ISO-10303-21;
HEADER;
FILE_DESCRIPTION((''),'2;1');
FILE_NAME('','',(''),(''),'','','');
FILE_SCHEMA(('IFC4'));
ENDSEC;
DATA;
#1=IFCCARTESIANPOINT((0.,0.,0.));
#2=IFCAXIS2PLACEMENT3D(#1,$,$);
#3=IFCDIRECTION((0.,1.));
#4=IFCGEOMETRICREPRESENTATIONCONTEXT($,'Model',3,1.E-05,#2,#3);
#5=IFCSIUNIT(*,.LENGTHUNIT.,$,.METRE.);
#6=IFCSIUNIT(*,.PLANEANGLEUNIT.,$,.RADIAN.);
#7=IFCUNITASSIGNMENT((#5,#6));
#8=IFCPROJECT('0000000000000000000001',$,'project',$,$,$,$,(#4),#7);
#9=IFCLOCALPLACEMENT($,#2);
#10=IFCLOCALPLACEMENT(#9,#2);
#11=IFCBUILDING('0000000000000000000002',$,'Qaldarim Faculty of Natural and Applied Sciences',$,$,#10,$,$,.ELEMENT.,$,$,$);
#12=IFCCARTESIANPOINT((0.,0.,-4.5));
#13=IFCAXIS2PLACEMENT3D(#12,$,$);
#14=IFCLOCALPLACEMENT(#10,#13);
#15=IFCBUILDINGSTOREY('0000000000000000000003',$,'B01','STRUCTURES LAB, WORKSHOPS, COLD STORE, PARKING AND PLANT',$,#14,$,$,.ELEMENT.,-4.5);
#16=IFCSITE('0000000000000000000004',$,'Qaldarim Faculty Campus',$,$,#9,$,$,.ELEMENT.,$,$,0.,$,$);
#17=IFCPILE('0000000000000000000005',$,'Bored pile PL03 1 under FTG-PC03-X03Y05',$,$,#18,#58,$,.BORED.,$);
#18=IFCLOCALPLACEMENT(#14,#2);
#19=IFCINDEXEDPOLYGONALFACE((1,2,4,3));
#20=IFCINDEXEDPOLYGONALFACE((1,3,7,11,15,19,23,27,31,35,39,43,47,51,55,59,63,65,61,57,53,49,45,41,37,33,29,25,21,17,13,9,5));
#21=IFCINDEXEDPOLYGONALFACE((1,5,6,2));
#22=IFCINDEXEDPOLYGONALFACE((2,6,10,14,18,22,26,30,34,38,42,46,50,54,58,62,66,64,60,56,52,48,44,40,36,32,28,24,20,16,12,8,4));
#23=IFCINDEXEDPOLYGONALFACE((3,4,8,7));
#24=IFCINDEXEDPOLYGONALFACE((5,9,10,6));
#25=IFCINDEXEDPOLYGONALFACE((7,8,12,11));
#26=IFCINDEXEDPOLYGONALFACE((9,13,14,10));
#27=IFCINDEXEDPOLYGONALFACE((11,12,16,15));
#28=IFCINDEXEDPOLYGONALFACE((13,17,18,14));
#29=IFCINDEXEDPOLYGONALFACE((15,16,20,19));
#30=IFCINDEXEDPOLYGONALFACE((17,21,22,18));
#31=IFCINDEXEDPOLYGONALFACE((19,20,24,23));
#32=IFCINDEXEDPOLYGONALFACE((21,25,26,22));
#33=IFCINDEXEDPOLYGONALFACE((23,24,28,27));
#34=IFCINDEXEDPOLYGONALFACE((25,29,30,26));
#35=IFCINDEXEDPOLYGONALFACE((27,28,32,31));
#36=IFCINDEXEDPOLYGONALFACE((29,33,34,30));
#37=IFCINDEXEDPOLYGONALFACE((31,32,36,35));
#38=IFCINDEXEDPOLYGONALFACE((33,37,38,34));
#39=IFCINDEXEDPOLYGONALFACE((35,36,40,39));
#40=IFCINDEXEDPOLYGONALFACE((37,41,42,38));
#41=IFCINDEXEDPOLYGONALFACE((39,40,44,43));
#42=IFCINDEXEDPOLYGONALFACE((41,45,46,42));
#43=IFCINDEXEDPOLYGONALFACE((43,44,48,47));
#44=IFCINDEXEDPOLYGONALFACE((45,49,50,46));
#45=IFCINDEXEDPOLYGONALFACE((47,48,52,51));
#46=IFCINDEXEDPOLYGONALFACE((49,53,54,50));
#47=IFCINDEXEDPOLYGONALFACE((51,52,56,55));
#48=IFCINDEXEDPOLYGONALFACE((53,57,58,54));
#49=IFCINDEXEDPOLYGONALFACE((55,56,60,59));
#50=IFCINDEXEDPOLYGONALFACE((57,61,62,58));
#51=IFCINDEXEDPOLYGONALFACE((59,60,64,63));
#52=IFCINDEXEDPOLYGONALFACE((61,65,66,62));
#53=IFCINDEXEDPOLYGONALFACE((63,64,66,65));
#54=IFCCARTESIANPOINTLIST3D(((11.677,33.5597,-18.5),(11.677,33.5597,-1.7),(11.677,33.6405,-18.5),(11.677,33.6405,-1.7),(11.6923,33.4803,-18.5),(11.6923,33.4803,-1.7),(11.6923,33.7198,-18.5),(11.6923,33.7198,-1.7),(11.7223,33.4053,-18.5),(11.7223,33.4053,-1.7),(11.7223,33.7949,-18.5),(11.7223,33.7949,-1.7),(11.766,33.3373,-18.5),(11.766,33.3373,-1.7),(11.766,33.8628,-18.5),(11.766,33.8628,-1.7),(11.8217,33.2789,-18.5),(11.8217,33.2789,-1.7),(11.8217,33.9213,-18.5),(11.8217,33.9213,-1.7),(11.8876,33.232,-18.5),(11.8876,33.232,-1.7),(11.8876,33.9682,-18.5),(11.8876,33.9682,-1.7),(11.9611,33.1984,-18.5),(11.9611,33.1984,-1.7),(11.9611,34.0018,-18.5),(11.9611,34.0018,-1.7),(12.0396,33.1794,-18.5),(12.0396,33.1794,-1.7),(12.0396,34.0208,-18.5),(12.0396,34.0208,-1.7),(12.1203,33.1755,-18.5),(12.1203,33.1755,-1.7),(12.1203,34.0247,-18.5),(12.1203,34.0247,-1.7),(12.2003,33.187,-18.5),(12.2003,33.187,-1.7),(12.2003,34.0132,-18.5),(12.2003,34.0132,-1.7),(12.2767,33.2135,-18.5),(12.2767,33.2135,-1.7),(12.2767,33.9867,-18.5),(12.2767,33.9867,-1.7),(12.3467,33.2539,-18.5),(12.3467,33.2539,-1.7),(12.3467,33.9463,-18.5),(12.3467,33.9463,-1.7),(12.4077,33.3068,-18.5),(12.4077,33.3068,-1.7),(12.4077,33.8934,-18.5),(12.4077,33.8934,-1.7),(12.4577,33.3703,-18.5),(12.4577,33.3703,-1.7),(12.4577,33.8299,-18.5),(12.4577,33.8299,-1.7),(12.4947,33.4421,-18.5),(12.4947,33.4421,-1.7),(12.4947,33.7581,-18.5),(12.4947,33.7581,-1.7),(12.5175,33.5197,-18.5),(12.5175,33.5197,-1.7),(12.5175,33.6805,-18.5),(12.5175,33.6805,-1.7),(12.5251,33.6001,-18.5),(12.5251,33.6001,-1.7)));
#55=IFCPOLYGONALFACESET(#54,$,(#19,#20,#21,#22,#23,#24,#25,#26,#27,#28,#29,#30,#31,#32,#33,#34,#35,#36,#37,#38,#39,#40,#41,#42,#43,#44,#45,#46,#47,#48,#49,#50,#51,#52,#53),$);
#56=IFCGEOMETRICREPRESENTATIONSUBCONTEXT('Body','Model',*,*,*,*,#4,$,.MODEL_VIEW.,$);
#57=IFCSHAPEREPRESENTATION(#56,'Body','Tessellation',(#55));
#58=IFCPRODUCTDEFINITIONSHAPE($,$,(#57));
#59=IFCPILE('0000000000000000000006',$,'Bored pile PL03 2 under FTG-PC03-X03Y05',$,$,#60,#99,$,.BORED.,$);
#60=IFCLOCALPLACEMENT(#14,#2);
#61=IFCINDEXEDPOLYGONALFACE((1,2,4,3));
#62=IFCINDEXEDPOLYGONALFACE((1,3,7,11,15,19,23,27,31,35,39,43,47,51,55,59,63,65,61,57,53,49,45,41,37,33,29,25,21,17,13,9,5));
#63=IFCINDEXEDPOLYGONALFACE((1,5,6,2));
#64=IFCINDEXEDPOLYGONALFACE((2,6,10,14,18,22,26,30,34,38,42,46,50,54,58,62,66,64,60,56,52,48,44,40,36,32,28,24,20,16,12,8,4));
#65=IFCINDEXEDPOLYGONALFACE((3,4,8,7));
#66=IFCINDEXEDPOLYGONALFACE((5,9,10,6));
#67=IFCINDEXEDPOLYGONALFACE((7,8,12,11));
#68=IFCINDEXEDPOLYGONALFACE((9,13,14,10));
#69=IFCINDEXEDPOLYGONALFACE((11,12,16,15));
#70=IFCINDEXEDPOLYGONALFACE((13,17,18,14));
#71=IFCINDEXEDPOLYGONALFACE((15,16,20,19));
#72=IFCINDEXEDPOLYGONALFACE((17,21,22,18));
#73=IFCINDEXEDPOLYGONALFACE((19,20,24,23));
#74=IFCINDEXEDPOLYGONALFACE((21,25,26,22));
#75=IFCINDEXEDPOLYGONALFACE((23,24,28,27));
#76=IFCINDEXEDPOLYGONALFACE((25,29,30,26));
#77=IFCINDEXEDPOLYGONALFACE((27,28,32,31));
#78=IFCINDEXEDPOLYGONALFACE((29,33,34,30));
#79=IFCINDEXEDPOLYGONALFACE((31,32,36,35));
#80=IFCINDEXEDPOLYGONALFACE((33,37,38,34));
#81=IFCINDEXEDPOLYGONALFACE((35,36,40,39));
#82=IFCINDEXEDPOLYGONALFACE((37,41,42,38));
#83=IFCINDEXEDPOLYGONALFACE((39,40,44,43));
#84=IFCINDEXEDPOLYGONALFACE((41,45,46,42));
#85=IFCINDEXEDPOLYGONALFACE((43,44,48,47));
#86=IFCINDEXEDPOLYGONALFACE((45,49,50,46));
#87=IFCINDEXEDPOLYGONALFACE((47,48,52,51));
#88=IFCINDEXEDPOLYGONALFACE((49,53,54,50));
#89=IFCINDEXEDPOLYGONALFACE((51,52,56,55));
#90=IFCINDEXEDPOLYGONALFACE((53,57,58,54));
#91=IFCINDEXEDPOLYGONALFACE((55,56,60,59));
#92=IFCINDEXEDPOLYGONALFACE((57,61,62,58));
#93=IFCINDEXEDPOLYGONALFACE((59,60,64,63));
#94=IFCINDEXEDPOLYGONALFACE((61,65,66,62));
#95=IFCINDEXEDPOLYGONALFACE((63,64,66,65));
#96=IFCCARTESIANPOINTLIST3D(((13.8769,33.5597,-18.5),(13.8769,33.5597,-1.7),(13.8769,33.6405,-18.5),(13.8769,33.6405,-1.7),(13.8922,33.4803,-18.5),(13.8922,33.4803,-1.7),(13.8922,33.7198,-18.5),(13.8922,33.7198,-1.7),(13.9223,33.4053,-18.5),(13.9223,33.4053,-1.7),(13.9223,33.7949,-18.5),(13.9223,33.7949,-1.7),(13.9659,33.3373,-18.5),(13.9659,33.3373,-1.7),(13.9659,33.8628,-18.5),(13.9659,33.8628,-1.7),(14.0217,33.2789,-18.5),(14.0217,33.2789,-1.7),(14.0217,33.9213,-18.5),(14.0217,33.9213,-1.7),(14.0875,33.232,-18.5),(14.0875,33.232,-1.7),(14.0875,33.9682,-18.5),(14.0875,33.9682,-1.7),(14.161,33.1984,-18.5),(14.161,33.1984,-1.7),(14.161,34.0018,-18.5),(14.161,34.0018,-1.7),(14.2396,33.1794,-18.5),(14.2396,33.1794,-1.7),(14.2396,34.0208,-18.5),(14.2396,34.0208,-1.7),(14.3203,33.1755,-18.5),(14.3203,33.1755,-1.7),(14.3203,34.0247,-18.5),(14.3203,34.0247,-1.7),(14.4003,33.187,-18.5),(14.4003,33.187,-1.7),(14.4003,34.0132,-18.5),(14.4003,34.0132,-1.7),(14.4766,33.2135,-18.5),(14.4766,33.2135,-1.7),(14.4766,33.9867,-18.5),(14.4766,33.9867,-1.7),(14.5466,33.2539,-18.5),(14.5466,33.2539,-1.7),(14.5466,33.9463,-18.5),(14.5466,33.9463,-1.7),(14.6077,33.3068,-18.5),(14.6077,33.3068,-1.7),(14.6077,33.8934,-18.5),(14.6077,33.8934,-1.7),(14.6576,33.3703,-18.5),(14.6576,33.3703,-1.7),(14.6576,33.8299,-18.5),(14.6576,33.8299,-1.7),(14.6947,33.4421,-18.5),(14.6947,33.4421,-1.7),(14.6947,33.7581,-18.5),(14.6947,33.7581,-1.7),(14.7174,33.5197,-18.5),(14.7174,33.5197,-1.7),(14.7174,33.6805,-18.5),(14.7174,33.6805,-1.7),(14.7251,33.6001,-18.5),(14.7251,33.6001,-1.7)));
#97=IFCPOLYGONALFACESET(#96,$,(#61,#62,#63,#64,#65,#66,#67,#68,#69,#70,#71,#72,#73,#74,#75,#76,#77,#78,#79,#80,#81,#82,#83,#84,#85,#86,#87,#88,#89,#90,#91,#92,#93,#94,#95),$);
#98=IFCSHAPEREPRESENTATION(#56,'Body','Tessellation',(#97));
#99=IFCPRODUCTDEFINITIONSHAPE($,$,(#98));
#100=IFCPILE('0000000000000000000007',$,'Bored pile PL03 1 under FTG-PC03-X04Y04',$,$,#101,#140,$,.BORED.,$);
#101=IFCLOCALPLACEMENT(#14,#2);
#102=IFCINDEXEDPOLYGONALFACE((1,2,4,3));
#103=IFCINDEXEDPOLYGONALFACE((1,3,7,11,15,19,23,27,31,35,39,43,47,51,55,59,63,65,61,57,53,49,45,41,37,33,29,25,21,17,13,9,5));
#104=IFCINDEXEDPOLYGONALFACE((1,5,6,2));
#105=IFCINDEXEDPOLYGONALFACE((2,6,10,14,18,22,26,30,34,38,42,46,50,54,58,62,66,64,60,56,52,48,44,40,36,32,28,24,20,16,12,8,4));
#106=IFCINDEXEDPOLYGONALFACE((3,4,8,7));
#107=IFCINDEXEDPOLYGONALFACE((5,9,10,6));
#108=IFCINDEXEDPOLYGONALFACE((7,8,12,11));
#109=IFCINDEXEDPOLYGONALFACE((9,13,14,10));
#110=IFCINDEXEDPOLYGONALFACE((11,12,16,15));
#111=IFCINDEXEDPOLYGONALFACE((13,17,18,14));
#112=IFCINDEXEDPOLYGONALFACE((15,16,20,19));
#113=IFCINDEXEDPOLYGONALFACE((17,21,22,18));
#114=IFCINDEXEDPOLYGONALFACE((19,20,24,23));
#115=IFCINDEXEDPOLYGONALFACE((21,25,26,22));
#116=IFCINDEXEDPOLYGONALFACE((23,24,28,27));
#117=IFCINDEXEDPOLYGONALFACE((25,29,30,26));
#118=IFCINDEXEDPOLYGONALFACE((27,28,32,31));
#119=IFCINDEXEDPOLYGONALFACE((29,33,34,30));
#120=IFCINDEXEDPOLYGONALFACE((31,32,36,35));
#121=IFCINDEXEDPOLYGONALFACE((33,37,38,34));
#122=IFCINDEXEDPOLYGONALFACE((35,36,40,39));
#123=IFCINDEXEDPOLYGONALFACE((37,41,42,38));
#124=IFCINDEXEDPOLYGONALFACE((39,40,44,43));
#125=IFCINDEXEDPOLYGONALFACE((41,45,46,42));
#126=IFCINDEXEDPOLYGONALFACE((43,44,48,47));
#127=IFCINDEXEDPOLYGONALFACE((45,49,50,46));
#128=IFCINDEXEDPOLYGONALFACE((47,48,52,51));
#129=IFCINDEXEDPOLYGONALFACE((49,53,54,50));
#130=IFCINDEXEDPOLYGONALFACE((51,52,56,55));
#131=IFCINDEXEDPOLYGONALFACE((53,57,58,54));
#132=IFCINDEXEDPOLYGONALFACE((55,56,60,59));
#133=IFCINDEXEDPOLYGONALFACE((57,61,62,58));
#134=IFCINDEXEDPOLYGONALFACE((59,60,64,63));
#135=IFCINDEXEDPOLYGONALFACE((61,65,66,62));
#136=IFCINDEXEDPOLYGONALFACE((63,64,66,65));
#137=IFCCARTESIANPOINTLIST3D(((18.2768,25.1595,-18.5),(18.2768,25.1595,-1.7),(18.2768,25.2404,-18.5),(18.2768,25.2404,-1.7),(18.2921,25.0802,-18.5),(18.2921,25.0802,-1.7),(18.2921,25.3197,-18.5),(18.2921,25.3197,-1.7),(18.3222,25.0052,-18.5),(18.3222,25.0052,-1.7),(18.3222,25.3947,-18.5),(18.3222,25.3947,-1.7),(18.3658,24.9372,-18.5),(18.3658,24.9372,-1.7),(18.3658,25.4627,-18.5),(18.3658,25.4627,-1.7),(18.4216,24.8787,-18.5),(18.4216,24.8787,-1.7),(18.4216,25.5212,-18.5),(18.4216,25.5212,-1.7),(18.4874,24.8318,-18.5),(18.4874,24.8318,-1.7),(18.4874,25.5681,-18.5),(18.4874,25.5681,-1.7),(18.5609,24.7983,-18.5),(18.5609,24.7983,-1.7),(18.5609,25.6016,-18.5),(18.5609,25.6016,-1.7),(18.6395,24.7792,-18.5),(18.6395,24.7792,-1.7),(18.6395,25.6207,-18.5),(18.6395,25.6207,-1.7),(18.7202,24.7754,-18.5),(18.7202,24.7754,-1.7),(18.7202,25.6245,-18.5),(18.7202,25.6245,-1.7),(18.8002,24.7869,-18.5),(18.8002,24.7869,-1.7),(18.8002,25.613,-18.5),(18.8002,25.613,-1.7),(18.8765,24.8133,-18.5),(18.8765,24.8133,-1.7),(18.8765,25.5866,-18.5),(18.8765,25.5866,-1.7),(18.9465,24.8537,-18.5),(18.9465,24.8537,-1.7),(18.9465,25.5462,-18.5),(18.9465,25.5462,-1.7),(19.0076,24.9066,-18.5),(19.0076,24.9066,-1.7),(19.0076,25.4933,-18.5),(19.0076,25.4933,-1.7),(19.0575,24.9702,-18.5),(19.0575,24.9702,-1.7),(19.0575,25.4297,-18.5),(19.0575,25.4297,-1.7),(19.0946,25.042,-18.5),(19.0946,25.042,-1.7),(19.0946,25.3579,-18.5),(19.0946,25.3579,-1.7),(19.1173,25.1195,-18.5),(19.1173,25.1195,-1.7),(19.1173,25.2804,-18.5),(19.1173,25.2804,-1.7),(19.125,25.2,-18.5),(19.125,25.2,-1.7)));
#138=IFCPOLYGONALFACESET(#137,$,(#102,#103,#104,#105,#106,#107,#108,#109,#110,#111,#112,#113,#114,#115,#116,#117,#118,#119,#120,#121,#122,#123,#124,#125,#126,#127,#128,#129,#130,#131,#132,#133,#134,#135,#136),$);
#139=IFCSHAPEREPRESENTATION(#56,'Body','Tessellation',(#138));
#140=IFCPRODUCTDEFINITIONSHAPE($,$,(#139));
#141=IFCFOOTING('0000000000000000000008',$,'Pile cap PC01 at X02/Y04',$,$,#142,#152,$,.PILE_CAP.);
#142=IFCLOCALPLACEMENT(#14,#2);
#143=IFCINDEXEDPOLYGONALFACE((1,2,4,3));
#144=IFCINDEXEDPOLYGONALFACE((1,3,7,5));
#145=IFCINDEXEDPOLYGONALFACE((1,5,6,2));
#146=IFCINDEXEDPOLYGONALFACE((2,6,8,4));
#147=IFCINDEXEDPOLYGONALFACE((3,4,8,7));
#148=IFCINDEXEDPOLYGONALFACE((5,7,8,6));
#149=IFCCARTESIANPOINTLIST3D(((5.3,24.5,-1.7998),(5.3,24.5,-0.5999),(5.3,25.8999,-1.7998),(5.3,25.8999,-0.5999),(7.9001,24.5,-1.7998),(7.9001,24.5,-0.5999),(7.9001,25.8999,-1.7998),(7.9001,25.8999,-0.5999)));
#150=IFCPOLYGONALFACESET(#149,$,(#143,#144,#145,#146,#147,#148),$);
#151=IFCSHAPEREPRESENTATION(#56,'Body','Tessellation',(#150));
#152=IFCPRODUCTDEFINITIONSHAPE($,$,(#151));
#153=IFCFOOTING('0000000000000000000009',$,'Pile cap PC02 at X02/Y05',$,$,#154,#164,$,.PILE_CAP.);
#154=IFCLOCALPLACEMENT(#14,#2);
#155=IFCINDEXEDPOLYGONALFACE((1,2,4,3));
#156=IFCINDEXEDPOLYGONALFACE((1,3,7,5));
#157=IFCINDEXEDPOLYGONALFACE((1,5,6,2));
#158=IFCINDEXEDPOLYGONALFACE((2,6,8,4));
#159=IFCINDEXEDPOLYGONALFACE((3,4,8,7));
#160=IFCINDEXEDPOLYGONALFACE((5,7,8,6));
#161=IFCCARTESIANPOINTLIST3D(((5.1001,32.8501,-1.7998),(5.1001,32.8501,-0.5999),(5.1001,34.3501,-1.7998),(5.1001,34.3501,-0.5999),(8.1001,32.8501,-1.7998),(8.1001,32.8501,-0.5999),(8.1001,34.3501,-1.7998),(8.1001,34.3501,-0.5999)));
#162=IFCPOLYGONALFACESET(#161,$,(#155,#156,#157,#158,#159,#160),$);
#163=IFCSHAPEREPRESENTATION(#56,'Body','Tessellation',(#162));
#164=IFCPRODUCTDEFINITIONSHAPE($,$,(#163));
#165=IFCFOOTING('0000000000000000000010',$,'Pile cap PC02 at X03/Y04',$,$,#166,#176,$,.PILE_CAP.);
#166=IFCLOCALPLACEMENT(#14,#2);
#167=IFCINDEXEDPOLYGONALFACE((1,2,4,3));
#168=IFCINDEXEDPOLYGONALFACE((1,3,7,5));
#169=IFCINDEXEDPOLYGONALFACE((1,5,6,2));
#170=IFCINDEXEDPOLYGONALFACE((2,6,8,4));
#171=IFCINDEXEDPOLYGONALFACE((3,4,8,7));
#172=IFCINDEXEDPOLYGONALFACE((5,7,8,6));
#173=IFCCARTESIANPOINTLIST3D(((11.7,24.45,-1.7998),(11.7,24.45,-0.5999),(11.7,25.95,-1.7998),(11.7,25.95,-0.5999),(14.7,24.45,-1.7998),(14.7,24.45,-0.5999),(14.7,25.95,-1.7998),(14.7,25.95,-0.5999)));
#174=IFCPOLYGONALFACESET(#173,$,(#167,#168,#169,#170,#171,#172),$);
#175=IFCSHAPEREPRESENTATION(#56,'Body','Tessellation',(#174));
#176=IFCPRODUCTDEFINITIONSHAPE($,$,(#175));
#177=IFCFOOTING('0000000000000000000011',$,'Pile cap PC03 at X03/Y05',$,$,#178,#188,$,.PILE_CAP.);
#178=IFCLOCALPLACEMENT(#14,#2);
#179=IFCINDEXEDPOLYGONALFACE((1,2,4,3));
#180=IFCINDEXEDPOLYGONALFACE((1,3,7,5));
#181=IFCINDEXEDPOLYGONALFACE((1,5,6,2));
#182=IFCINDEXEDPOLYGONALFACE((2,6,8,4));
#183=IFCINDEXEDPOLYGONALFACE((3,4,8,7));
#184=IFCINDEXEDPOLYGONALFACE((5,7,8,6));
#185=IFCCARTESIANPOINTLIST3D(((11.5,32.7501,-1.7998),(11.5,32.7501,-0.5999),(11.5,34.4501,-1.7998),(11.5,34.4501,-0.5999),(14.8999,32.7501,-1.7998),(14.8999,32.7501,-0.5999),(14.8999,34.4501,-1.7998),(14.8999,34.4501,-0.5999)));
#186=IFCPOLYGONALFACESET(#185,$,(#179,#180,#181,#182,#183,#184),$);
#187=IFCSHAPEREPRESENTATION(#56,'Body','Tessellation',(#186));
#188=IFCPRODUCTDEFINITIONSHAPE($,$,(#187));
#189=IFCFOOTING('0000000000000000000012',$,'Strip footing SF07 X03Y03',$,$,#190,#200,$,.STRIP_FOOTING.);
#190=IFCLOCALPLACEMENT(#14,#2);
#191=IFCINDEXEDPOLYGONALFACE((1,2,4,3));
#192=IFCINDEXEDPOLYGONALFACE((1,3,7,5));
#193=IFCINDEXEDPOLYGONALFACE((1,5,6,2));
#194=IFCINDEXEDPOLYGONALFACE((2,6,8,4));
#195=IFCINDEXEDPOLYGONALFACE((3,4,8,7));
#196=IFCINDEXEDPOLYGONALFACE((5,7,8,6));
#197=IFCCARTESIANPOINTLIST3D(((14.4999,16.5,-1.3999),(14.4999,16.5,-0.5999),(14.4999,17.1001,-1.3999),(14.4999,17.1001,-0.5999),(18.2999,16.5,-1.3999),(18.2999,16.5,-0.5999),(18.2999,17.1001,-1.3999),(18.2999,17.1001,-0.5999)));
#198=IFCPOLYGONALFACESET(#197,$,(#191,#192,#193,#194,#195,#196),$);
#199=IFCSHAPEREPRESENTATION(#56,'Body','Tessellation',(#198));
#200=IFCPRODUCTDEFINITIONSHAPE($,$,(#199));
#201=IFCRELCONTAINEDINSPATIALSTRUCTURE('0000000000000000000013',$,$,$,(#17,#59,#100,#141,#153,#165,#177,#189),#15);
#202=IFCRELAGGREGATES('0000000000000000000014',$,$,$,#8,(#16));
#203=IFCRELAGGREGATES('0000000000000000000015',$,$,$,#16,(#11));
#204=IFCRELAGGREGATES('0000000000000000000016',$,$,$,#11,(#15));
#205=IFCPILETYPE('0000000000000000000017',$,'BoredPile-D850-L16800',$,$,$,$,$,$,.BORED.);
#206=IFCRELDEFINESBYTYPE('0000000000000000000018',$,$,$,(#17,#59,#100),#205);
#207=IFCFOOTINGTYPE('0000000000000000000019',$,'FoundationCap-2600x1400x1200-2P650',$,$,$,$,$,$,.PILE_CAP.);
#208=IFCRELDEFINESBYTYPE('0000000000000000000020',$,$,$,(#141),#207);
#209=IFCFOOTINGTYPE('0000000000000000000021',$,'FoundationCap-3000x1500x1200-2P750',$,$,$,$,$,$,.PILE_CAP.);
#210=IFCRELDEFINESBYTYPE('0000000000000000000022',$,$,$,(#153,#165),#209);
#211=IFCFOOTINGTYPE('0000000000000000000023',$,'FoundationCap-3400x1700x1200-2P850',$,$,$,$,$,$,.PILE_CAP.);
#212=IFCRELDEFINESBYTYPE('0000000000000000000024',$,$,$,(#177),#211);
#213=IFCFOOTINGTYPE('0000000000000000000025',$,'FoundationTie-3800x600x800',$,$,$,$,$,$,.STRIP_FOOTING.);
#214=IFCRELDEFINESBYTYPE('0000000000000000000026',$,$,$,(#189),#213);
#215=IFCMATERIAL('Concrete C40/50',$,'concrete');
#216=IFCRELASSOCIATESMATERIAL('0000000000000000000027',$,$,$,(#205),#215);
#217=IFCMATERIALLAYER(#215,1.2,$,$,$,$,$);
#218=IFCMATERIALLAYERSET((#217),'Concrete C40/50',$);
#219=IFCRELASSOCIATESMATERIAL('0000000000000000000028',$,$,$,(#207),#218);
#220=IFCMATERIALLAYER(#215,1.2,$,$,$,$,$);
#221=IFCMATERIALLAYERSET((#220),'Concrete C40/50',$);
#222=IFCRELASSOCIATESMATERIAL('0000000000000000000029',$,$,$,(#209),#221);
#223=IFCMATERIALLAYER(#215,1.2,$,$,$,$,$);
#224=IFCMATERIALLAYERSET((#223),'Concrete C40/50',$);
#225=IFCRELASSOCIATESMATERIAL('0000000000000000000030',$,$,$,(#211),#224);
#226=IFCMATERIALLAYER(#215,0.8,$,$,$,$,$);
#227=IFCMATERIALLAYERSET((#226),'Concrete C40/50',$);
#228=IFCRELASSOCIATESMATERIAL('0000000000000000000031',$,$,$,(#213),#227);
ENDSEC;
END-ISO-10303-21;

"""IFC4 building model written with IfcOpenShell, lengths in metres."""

from ifc_helpers import new_model, si_unit, direction, frame, origin, origin_2d, place, context, subcontext, project, spatial, rectangle, circle, extrude, material, layer, layer_set, material_profile, profile_set, type_object, element, save


model = new_model("IFC4")

# Units and contexts
model_context = context("Model", 3, precision=1e-05, world=origin(), true_north=direction((0.0, 1.0)))
body_context = subcontext(model_context, "Body", "Model", "MODEL_VIEW")
ifc_project = project(units=[si_unit("LENGTHUNIT", "METRE"), si_unit("PLANEANGLEUNIT", "RADIAN")], contexts=[model_context])

# Site, building, storey
site_placement = place(None, origin())
site = spatial("IfcSite", under=ifc_project, at=site_placement, Name="Qaldarim Faculty Campus", CompositionType="ELEMENT", RefElevation=0.0)
building_placement = place(site_placement, origin())
building = spatial("IfcBuilding", under=site, at=building_placement, Name="Qaldarim Faculty of Natural and Applied Sciences", CompositionType="ELEMENT")
storey_placement = place(building_placement, frame((0.0, 0.0, -4.5)))
storey = spatial("IfcBuildingStorey", under=building, at=storey_placement, Name="B01", Description="STRUCTURES LAB, WORKSHOPS, COLD STORE, PARKING AND PLANT", CompositionType="ELEMENT", Elevation=-4.5)

# Piles
ifc_material_1 = material(Name="Concrete C40/50", Category="concrete")
ifc_material_profile_1 = material_profile(ifc_material_1, circle(Radius=0.425, at=origin_2d()), Name="PILE-D850")
ifc_profile_set_1 = profile_set([ifc_material_profile_1], Name="Concrete C40/50")
pile_type_1 = type_object("IfcPileType", Name="BoredPile-D850-L16800", PredefinedType="BORED", material=ifc_profile_set_1)
for number, where, z_axis, x_axis, name in (
    (1, (12.1001, 33.6001, -1.7), (0.0, 0.0, -1.0), (1.0, 0.0, 0.0), "Bored pile PL03 1 under FTG-PC03-X03Y05"),
    (2, (14.3, 33.6001, -1.7), (0.0, 0.0, -1.0), (1.0, 0.0, 0.0), "Bored pile PL03 2 under FTG-PC03-X03Y05"),
    (3, (18.7, 25.2, -1.7), (0.0, 0.0, -1.0), (1.0, 0.0, 0.0), "Bored pile PL03 1 under FTG-PC03-X04Y04"),
):
    element("IfcPile", number, at=place(storey_placement, frame(where, z_axis=z_axis, x_axis=x_axis)), inside=storey, type_object=pile_type_1, Name=name, PredefinedType="BORED", context=body_context, shape_type="SweptSolid", body=[
        extrude(circle(Radius=0.425, at=origin_2d()), origin(), (0.0, 0.0, 1.0), 16.8),
    ])

# Footings
ifc_layer_1 = layer(ifc_material_1, 1.2)
ifc_layer_set_1 = layer_set([ifc_layer_1], Name="Concrete C40/50")
footing_type_1 = type_object("IfcFootingType", Name="FoundationCap-2600x1400x1200-2P650", PredefinedType="PILE_CAP", material=ifc_layer_set_1)
footing_1_placement = place(storey_placement, frame((6.6001, 25.2, -1.7998), z_axis=(0.0, 0.0, 1.0), x_axis=(1.0, 0.0, 0.0)))
element("IfcFooting", 4, at=footing_1_placement, inside=storey, type_object=footing_type_1, Name="Pile cap PC01 at X02/Y04", PredefinedType="PILE_CAP", context=body_context, shape_type="SweptSolid", body=[
    extrude(rectangle(XDim=2.6001, YDim=1.3999, at=origin_2d()), origin(), (0.0, 0.0, 1.0), 1.2),
])
ifc_layer_2 = layer(ifc_material_1, 1.2)
ifc_layer_set_2 = layer_set([ifc_layer_2], Name="Concrete C40/50")
footing_type_2 = type_object("IfcFootingType", Name="FoundationCap-3000x1500x1200-2P750", PredefinedType="PILE_CAP", material=ifc_layer_set_2)
for number, where, z_axis, x_axis, name in (
    (5, (6.6001, 33.6001, -1.7998), (0.0, 0.0, 1.0), (1.0, 0.0, 0.0), "Pile cap PC02 at X02/Y05"),
    (6, (13.2, 25.2, -1.7998), (0.0, 0.0, 1.0), (1.0, 0.0, 0.0), "Pile cap PC02 at X03/Y04"),
):
    element("IfcFooting", number, at=place(storey_placement, frame(where, z_axis=z_axis, x_axis=x_axis)), inside=storey, type_object=footing_type_2, Name=name, PredefinedType="PILE_CAP", context=body_context, shape_type="SweptSolid", body=[
        extrude(rectangle(XDim=3.0, YDim=1.5, at=origin_2d()), origin(), (0.0, 0.0, 1.0), 1.2),
    ])
ifc_layer_3 = layer(ifc_material_1, 1.2)
ifc_layer_set_3 = layer_set([ifc_layer_3], Name="Concrete C40/50")
footing_type_3 = type_object("IfcFootingType", Name="FoundationCap-3400x1700x1200-2P850", PredefinedType="PILE_CAP", material=ifc_layer_set_3)
footing_2_placement = place(storey_placement, frame((13.2, 33.6001, -1.7998), z_axis=(0.0, 0.0, 1.0), x_axis=(1.0, 0.0, 0.0)))
element("IfcFooting", 7, at=footing_2_placement, inside=storey, type_object=footing_type_3, Name="Pile cap PC03 at X03/Y05", PredefinedType="PILE_CAP", context=body_context, shape_type="SweptSolid", body=[
    extrude(rectangle(XDim=3.3999, YDim=1.7, at=origin_2d()), origin(), (0.0, 0.0, 1.0), 1.2),
])
ifc_layer_4 = layer(ifc_material_1, 0.8)
ifc_layer_set_4 = layer_set([ifc_layer_4], Name="Concrete C40/50")
footing_type_4 = type_object("IfcFootingType", Name="FoundationTie-3800x600x800", PredefinedType="STRIP_FOOTING", material=ifc_layer_set_4)
footing_3_placement = place(storey_placement, frame((16.3999, 16.8, -1.3999), z_axis=(0.0, 0.0, 1.0), x_axis=(1.0, 0.0, 0.0)))
element("IfcFooting", 8, at=footing_3_placement, inside=storey, type_object=footing_type_4, Name="Strip footing SF07 X03Y03", PredefinedType="STRIP_FOOTING", context=body_context, shape_type="SweptSolid", body=[
    extrude(rectangle(XDim=3.8, YDim=0.6001, at=origin_2d()), origin(), (0.0, 0.0, 1.0), 0.8),
])

save(model, "model.ifc")
